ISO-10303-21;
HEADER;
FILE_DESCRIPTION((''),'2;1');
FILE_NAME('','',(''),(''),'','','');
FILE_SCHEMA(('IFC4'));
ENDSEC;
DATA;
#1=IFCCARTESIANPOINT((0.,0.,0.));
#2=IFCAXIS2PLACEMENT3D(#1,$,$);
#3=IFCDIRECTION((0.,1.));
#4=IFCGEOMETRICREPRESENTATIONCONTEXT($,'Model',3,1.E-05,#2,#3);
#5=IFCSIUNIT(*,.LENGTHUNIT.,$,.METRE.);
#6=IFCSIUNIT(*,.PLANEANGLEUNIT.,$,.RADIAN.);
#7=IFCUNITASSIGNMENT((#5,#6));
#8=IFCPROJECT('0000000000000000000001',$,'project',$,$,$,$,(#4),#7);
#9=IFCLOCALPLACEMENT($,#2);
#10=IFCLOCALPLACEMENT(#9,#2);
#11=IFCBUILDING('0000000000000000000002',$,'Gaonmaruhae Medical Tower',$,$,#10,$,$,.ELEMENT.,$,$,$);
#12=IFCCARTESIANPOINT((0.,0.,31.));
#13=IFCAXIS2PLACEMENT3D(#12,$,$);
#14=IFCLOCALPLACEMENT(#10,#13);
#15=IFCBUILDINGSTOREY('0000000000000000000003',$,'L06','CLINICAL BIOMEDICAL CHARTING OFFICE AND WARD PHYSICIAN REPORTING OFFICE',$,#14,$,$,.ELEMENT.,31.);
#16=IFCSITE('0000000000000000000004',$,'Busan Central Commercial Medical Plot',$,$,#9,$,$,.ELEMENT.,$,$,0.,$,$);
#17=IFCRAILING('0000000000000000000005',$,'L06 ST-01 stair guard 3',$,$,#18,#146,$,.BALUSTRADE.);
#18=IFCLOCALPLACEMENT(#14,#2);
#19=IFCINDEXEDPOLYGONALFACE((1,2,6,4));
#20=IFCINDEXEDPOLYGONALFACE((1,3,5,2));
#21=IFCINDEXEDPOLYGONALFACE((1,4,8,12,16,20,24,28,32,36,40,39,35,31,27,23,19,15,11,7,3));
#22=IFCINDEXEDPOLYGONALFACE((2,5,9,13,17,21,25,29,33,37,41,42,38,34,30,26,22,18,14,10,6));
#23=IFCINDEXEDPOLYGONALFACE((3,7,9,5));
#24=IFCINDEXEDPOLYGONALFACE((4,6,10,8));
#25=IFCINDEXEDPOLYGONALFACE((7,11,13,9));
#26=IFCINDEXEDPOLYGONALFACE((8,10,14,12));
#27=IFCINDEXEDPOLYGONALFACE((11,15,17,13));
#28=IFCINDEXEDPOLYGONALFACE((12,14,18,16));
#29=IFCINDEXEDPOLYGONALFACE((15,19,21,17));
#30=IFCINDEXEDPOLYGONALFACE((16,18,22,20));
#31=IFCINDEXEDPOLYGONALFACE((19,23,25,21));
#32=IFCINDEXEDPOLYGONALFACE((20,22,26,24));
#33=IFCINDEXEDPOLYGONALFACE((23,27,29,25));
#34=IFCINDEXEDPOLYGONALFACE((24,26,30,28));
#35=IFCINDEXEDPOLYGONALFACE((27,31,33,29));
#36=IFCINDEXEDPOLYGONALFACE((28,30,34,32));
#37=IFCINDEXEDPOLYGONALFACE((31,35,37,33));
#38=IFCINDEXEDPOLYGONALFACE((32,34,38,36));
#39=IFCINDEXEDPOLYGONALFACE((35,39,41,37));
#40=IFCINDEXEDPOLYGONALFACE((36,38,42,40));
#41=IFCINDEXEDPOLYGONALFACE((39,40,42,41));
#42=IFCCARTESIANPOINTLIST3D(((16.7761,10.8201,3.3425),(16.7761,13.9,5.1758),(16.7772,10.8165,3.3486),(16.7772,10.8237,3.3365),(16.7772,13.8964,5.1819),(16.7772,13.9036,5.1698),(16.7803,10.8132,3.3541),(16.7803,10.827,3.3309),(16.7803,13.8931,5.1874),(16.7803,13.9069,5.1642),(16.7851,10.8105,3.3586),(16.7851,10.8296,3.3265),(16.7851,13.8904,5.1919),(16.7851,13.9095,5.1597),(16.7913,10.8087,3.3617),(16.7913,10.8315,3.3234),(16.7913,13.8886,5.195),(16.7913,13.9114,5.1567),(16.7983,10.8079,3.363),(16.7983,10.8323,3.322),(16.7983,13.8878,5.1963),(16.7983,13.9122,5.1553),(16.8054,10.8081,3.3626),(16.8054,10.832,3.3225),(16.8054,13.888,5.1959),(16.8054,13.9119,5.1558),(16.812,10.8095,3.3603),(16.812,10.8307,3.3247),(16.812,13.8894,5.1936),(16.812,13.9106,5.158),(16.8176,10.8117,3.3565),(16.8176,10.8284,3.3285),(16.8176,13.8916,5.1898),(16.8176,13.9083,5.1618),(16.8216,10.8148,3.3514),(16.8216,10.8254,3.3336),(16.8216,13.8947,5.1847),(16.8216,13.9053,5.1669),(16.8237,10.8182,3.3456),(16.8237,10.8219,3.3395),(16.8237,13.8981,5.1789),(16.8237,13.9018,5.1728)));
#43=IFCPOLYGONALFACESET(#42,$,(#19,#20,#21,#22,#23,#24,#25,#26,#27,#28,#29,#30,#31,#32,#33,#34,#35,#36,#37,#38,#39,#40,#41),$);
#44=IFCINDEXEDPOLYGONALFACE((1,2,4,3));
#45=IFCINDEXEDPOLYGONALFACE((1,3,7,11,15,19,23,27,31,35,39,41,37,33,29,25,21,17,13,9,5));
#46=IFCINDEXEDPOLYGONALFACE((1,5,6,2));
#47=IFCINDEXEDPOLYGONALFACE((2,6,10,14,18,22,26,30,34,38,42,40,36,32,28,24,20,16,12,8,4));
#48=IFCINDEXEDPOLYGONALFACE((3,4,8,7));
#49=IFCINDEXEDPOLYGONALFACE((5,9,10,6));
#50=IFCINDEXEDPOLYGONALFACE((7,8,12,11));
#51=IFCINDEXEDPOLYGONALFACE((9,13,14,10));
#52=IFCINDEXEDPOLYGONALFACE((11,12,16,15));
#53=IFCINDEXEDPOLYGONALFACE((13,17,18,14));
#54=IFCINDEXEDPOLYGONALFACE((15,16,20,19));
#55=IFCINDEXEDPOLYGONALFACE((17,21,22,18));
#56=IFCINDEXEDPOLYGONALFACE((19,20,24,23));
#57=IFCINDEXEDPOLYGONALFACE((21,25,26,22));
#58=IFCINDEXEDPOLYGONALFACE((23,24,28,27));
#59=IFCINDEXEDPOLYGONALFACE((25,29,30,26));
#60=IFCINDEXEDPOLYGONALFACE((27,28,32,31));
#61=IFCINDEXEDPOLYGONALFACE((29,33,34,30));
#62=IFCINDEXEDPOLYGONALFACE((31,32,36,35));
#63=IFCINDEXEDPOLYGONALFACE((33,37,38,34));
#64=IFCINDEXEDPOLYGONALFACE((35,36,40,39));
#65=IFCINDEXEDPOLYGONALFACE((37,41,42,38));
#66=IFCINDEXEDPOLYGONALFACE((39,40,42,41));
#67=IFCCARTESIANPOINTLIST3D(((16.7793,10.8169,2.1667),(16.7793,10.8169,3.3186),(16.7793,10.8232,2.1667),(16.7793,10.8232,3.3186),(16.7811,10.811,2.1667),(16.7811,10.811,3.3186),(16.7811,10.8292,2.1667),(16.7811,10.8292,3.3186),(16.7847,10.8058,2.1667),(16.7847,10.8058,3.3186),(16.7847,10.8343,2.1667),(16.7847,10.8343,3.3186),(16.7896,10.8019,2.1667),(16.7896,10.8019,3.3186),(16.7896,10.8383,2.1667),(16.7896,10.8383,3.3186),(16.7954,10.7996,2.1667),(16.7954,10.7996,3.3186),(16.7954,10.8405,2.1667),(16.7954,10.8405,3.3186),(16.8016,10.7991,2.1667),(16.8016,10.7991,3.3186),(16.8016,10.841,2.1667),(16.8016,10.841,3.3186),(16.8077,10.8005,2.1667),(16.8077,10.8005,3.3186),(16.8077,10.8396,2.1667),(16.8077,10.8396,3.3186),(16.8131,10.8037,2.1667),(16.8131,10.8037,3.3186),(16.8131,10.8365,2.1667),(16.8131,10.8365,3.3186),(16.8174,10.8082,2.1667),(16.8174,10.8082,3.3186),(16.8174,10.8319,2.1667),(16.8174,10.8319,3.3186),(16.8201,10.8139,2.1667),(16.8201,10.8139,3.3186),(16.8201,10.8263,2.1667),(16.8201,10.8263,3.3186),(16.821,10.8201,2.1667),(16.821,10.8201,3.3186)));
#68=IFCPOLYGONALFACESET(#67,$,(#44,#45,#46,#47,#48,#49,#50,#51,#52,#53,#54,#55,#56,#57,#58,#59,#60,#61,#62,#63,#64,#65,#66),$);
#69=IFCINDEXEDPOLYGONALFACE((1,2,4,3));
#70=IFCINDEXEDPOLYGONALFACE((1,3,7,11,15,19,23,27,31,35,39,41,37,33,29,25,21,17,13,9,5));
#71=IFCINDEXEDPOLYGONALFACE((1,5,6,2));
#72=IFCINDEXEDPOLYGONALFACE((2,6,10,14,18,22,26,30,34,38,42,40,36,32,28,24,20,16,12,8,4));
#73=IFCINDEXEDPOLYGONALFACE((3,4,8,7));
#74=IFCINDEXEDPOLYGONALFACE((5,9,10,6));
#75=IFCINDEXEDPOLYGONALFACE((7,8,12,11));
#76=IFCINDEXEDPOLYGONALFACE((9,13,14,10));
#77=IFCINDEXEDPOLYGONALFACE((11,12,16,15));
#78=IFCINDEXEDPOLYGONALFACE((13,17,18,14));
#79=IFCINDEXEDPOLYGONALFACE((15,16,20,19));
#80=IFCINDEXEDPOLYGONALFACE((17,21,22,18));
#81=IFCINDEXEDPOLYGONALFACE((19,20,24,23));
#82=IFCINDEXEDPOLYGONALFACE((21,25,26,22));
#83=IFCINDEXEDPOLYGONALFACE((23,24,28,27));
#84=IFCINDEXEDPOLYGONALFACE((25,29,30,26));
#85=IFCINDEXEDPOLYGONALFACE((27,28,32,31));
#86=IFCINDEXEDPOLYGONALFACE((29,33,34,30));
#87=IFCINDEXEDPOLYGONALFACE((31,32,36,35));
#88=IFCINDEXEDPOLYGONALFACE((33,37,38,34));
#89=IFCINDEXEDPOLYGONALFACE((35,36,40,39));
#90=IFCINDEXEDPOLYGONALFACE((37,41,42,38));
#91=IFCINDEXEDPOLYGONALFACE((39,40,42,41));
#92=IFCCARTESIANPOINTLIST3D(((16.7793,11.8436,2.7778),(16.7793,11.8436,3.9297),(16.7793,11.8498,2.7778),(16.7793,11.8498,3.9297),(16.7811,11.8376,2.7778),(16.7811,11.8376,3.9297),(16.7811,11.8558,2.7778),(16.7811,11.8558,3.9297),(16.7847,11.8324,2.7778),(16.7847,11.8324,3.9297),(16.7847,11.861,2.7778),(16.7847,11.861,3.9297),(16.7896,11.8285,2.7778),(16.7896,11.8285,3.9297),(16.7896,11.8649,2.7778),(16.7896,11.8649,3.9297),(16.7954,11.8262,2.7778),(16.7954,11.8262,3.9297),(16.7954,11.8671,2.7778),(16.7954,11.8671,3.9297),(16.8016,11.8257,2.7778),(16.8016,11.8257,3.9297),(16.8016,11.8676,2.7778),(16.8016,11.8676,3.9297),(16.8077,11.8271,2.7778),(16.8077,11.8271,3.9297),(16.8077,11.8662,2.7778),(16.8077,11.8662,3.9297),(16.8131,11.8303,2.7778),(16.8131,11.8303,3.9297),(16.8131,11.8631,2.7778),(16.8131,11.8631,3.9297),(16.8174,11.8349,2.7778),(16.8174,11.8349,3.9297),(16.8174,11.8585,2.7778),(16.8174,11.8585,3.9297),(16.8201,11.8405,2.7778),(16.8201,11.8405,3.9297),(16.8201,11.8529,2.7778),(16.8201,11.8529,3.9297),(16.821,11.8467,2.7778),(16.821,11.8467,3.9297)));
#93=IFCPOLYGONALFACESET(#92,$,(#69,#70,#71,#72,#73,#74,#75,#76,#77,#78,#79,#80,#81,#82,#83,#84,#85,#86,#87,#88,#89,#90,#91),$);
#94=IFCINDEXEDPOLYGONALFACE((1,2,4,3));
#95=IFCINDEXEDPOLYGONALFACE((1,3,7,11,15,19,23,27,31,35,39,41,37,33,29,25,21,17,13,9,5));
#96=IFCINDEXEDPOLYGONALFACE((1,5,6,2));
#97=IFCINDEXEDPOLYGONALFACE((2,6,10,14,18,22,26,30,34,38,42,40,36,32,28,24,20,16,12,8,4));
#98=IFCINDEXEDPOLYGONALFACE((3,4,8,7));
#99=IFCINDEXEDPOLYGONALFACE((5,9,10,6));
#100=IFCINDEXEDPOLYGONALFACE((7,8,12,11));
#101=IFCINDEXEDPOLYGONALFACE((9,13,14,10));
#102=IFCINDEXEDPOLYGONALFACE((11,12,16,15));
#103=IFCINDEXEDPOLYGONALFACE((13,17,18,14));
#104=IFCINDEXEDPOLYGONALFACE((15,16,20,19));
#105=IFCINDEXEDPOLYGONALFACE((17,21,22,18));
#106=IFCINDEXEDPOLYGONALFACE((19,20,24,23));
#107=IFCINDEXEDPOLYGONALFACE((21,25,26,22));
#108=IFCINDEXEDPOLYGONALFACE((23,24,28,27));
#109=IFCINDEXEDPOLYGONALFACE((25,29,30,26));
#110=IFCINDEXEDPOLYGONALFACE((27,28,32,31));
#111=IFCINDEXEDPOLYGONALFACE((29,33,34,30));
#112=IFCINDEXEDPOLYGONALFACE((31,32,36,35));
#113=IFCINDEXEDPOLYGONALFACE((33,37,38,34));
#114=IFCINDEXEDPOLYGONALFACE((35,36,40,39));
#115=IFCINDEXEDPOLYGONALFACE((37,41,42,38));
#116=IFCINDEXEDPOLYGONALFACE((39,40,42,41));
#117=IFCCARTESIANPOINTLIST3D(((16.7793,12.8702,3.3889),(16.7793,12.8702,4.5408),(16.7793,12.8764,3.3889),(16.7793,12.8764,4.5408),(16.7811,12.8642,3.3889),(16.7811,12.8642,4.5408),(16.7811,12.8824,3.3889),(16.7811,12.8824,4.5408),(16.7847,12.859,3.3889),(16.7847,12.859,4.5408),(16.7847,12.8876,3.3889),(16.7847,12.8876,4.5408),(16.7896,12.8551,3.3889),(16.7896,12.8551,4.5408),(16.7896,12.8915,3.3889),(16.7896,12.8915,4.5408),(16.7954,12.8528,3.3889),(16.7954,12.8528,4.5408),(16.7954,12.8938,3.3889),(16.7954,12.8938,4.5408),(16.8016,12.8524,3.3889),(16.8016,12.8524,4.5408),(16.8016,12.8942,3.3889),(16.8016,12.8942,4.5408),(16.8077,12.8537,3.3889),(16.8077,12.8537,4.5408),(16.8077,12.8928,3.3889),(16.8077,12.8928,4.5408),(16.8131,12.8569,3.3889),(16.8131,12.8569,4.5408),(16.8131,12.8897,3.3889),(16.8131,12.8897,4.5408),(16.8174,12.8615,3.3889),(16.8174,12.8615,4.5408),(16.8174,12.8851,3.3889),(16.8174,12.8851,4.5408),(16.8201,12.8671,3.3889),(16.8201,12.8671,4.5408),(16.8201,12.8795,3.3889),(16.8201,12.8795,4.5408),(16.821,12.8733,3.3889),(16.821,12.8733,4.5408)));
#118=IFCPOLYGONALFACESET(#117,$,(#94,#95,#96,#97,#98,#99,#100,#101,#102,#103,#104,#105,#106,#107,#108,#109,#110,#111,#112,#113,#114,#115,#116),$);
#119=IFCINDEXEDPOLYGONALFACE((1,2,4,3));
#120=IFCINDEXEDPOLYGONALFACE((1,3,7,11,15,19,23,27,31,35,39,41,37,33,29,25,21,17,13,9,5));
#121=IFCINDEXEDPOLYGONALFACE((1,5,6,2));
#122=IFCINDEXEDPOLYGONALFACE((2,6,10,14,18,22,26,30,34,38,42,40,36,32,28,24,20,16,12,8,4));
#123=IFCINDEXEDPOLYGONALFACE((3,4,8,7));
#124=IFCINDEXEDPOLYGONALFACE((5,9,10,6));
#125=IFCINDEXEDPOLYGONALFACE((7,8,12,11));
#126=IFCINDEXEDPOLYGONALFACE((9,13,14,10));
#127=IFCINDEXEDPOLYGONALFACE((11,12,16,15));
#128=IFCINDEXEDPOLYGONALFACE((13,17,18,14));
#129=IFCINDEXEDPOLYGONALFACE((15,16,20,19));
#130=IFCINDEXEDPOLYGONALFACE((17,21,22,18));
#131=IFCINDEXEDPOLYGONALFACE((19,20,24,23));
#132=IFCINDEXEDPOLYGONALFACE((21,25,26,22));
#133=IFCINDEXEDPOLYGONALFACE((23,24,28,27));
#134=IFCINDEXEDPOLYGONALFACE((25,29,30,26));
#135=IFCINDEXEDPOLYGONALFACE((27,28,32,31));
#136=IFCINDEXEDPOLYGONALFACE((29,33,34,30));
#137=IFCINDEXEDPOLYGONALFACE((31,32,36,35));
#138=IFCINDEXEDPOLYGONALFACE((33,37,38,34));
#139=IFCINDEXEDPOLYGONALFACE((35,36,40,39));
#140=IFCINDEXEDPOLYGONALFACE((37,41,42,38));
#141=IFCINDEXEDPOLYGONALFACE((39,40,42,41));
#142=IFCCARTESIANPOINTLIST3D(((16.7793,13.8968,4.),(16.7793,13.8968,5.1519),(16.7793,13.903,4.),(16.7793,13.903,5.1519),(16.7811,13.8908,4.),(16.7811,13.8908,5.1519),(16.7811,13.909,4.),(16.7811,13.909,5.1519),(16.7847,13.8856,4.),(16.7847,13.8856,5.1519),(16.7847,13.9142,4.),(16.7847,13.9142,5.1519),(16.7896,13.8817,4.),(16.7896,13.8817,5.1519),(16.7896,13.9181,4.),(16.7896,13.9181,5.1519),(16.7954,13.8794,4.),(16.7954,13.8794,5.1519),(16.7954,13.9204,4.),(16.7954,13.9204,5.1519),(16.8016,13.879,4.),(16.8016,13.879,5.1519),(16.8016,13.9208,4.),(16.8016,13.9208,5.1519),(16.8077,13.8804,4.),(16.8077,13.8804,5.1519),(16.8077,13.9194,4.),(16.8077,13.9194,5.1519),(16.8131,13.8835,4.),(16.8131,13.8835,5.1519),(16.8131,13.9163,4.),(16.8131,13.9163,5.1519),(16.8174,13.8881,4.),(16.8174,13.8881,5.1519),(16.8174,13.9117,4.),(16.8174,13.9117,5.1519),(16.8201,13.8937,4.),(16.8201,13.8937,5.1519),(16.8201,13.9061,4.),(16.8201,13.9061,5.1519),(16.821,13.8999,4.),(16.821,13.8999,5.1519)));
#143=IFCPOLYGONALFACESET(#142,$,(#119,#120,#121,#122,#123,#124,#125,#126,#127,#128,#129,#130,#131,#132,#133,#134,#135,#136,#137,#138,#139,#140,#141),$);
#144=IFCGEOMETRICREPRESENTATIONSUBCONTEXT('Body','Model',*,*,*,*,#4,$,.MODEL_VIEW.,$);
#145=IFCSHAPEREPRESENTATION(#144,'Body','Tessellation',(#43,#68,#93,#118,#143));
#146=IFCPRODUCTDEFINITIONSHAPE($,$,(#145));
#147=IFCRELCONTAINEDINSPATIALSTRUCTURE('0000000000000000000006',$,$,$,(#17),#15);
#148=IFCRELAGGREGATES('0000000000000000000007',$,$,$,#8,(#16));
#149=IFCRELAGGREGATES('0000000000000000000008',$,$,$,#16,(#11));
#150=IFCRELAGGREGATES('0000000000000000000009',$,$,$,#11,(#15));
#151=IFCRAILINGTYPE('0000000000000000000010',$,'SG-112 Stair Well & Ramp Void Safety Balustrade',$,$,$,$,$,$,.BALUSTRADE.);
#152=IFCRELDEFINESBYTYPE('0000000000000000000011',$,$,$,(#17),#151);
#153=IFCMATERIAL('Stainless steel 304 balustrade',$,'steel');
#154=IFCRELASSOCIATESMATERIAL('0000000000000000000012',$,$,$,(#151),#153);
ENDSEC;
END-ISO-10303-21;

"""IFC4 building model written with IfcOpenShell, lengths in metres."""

from ifc_helpers import new_model, si_unit, direction, frame, origin, origin_2d, place, context, subcontext, project, spatial, circle, extrude, material, type_object, element, save


model = new_model("IFC4")

# Units and contexts
model_context = context("Model", 3, precision=1e-05, world=origin(), true_north=direction((0.0, 1.0)))
body_context = subcontext(model_context, "Body", "Model", "MODEL_VIEW")
ifc_project = project(units=[si_unit("LENGTHUNIT", "METRE"), si_unit("PLANEANGLEUNIT", "RADIAN")], contexts=[model_context])

# Site, building, storey
site_placement = place(None, origin())
site = spatial("IfcSite", under=ifc_project, at=site_placement, Name="Busan Central Commercial Medical Plot", CompositionType="ELEMENT", RefElevation=0.0)
building_placement = place(site_placement, origin())
building = spatial("IfcBuilding", under=site, at=building_placement, Name="Gaonmaruhae Medical Tower", CompositionType="ELEMENT")
storey_placement = place(building_placement, frame((0.0, 0.0, 31.0)))
storey = spatial("IfcBuildingStorey", under=building, at=storey_placement, Name="L06", Description="CLINICAL BIOMEDICAL CHARTING OFFICE AND WARD PHYSICIAN REPORTING OFFICE", CompositionType="ELEMENT", Elevation=31.0)

# Railing
ifc_material_1 = material(Name="Stainless steel 304 balustrade", Category="steel")
railing_type_1 = type_object("IfcRailingType", Name="SG-112 Stair Well & Ramp Void Safety Balustrade", PredefinedType="BALUSTRADE", material=ifc_material_1)
railing_1_placement = place(storey_placement, frame((16.8, 10.8201, 2.1667)))
element("IfcRailing", 1, at=railing_1_placement, inside=storey, type_object=railing_type_1, Name="L06 ST-01 stair guard 3", PredefinedType="BALUSTRADE", context=body_context, shape_type="SweptSolid", body=[
    extrude(circle(Radius=0.0239, at=origin_2d()), frame((0.0, 0.0, 1.1758), z_axis=(0.0, 0.859291, 0.511487), x_axis=(-1.0, 0.0, 0.0)), (0.0, 0.0, 1.0), 3.5842),
    extrude(circle(Radius=0.021, at=origin_2d()), origin(), (0.0, 0.0, 1.0), 1.1519),
    extrude(circle(Radius=0.021, at=origin_2d()), frame((0.0, 1.0266, 0.6111)), (0.0, 0.0, 1.0), 1.1519),
    extrude(circle(Radius=0.021, at=origin_2d()), frame((0.0, 2.0532, 1.2222)), (0.0, 0.0, 1.0), 1.1519),
    extrude(circle(Radius=0.021, at=origin_2d()), frame((0.0, 3.0798, 1.8333)), (0.0, 0.0, 1.0), 1.1519),
])

save(model, "model.ifc")
